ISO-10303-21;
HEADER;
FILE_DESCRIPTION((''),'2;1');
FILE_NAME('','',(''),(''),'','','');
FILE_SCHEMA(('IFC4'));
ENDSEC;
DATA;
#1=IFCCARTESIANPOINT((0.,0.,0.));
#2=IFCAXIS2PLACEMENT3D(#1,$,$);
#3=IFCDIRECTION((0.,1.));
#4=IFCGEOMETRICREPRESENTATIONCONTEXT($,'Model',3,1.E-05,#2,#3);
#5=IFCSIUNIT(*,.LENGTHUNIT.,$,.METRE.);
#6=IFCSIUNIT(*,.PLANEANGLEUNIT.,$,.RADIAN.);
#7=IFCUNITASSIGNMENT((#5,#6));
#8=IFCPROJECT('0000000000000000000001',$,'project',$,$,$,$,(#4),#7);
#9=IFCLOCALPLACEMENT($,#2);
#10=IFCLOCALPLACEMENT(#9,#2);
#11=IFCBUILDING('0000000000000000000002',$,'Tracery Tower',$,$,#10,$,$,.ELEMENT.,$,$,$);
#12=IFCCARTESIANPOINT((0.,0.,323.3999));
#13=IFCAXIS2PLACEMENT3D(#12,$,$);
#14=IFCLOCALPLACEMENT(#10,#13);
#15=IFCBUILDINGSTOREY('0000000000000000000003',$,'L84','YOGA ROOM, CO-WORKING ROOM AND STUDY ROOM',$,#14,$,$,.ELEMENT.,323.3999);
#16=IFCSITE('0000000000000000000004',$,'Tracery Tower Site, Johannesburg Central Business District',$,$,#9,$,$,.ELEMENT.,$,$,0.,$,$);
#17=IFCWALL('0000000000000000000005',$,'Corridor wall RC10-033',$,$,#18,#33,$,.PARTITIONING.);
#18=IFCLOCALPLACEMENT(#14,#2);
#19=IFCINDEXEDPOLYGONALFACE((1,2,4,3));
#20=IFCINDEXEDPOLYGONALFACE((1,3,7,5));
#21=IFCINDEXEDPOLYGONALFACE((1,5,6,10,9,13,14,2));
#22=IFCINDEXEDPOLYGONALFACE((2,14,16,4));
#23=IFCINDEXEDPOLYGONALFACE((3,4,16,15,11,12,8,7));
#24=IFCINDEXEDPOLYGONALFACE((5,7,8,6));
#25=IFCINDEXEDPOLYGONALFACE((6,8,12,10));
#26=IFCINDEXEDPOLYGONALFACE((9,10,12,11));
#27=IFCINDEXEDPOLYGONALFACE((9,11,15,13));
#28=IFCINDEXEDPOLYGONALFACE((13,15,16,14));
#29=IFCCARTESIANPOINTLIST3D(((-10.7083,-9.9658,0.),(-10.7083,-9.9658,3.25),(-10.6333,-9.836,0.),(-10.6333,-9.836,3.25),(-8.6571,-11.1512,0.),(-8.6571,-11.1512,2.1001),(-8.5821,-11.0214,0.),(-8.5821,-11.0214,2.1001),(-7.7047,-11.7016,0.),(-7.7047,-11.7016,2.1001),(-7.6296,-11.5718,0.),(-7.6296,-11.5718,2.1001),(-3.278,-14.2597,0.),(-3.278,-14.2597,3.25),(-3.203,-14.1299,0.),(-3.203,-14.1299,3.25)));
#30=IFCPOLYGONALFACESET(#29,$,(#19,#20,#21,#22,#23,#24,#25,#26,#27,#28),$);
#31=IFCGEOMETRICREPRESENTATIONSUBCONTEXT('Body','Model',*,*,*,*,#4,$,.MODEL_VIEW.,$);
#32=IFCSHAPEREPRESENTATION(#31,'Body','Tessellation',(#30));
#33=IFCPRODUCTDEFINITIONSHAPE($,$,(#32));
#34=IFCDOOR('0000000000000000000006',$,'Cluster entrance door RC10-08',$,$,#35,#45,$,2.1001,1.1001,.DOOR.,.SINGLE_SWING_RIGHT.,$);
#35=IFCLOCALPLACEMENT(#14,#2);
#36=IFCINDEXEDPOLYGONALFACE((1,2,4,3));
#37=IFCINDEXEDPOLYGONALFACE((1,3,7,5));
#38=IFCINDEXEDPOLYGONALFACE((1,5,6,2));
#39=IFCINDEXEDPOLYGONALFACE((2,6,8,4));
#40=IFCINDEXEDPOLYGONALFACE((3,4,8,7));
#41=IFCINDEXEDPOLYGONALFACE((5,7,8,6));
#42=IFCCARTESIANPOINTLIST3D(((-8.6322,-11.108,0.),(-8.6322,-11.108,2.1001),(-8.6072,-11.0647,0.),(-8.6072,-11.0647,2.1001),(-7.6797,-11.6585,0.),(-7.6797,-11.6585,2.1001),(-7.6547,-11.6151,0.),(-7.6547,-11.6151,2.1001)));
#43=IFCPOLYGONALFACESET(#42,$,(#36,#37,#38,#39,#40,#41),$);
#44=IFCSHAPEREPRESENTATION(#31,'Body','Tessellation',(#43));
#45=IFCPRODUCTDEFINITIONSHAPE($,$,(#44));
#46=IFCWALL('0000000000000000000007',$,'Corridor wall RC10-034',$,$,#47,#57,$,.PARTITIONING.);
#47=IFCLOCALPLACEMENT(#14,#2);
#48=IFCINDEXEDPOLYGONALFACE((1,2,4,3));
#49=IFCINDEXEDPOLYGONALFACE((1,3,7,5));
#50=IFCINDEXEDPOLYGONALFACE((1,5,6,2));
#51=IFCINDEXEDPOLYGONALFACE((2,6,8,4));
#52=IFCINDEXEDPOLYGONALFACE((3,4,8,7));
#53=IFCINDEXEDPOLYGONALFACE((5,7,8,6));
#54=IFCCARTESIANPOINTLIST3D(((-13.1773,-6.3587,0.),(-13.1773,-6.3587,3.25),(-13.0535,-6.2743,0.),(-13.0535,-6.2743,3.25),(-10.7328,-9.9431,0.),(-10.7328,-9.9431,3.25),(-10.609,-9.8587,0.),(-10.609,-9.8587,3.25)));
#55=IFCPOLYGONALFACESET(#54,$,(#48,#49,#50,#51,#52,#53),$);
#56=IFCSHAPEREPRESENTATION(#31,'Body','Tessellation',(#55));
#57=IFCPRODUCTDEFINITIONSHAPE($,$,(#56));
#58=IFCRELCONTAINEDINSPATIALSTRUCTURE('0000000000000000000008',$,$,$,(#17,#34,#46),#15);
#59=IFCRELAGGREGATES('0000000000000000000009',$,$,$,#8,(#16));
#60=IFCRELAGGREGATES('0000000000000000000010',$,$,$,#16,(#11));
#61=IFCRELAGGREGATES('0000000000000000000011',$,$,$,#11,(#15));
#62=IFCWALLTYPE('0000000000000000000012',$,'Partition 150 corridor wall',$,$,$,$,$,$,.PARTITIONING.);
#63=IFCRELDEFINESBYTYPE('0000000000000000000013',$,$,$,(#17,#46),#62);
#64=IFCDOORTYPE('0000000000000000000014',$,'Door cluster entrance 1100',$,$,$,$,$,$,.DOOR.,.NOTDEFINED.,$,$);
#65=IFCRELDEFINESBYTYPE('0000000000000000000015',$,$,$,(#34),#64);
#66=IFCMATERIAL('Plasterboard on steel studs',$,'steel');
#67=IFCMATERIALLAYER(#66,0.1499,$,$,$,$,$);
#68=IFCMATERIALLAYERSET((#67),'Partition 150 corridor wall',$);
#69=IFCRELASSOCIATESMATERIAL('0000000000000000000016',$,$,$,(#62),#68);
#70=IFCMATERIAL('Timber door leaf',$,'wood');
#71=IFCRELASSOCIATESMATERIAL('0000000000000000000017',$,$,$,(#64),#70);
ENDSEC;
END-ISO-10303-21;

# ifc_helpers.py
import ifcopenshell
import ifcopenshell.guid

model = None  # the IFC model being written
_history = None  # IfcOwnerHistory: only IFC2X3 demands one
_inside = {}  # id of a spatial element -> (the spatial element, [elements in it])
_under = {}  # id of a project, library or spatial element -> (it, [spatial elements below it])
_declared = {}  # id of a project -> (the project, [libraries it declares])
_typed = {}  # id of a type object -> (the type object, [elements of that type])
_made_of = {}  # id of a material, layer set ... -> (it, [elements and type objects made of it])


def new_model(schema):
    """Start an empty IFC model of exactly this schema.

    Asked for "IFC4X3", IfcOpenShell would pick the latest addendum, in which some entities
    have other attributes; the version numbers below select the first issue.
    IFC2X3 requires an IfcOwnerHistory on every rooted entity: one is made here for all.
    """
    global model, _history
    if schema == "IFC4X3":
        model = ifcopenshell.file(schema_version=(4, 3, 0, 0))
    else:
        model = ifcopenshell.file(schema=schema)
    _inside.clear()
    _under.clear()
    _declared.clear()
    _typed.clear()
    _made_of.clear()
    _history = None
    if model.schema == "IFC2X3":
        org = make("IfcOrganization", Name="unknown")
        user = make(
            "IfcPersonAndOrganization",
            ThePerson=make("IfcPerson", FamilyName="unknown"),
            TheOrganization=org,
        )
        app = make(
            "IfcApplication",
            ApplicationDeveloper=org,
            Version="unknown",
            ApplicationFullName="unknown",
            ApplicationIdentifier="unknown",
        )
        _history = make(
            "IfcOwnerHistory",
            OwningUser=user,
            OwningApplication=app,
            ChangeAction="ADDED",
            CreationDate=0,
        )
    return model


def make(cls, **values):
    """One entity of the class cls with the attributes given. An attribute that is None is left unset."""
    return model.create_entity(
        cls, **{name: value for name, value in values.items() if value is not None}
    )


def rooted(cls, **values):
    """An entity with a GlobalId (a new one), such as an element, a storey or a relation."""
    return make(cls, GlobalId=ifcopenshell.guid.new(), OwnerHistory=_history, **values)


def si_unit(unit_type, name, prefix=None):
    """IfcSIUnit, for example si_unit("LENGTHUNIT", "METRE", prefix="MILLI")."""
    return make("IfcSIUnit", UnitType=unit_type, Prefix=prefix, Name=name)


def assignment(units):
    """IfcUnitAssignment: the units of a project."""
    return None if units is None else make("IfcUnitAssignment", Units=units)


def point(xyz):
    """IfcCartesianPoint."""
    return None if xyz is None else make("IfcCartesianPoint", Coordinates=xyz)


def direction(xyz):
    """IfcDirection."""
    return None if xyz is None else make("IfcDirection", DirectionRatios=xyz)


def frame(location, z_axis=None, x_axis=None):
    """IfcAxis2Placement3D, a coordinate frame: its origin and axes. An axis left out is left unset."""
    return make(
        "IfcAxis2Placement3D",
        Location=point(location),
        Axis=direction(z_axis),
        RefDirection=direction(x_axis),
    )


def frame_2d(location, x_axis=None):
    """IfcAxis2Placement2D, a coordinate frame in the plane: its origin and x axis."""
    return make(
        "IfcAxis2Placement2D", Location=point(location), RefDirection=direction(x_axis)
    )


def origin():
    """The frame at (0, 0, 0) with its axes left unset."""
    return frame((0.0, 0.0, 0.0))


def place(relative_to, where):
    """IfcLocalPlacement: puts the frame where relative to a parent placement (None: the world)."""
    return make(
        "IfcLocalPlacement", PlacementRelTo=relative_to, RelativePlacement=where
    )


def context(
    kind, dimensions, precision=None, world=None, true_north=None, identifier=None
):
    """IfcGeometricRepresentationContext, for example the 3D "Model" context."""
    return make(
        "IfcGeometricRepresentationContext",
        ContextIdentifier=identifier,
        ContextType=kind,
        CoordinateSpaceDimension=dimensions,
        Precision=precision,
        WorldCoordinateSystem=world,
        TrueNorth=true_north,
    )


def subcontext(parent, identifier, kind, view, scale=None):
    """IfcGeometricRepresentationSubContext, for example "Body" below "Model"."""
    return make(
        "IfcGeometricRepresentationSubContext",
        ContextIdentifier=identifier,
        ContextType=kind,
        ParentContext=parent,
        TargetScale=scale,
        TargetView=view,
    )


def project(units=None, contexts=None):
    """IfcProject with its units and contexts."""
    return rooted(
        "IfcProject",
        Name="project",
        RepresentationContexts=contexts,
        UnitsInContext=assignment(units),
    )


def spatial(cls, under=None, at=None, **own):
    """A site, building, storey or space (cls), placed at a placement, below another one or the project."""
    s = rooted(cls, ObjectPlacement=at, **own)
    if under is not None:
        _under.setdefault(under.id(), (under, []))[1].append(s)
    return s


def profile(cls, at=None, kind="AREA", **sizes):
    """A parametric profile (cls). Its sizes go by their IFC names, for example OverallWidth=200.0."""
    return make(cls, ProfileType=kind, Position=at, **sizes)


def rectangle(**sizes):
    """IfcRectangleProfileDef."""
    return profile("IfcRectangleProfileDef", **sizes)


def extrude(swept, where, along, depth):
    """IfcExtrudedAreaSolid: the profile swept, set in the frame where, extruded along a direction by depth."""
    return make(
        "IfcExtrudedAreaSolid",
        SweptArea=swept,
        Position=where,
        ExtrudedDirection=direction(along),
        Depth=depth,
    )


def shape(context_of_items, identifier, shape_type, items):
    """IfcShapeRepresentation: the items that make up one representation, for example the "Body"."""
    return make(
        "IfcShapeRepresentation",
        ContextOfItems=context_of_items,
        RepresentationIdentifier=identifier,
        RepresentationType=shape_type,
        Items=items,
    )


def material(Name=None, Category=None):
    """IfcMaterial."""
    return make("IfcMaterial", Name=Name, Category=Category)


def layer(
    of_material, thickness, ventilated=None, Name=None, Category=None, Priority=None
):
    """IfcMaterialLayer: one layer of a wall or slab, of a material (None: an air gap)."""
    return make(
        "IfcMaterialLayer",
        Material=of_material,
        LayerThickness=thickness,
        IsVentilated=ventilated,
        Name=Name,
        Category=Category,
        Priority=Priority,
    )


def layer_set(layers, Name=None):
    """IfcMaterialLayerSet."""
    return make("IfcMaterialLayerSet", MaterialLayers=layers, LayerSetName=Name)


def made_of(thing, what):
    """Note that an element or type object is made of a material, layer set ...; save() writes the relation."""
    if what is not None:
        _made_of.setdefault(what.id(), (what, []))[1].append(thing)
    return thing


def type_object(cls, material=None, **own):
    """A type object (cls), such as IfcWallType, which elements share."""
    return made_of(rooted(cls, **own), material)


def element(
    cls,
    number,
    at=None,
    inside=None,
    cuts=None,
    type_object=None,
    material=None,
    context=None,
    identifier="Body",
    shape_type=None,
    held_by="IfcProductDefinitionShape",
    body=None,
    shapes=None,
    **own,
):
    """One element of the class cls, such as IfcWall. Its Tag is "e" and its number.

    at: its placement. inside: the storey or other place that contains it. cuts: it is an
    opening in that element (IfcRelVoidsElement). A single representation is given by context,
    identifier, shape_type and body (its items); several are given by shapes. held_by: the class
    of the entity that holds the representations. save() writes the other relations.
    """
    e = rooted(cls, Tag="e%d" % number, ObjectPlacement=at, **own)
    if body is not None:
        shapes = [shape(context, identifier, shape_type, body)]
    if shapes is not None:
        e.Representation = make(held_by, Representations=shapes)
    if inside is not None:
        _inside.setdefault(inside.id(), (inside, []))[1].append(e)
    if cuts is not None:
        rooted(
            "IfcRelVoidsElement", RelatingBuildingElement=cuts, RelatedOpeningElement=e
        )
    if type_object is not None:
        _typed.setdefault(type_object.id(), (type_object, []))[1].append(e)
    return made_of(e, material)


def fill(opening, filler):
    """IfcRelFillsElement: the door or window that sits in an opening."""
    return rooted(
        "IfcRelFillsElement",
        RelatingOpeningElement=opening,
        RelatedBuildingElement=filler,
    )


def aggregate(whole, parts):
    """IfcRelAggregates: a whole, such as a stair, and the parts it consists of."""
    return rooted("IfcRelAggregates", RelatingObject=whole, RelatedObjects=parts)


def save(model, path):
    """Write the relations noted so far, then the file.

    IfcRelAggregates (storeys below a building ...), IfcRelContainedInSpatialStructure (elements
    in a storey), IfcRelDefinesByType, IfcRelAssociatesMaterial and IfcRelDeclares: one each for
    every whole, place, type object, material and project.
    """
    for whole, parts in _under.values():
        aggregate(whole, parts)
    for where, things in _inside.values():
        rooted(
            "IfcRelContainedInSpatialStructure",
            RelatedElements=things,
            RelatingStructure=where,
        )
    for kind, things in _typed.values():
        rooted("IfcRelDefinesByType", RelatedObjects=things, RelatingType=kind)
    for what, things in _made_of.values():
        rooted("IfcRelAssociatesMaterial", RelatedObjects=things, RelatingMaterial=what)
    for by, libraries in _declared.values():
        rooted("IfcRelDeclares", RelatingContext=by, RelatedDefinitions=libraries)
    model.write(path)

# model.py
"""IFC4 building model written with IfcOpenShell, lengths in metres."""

from ifc_helpers import new_model, si_unit, direction, frame, frame_2d, origin, place, context, subcontext, project, spatial, rectangle, extrude, material, layer, layer_set, type_object, element, fill, save


model = new_model("IFC4")

# Units and contexts
model_context = context("Model", 3, precision=1e-05, world=origin(), true_north=direction((0.0, 1.0)))
body_context = subcontext(model_context, "Body", "Model", "MODEL_VIEW")
ifc_project = project(units=[si_unit("LENGTHUNIT", "METRE"), si_unit("PLANEANGLEUNIT", "RADIAN")], contexts=[model_context])

# Site, building, storey
site_placement = place(None, origin())
site = spatial("IfcSite", under=ifc_project, at=site_placement, Name="Tracery Tower Site, Johannesburg Central Business District", CompositionType="ELEMENT", RefElevation=0.0)
building_placement = place(site_placement, origin())
building = spatial("IfcBuilding", under=site, at=building_placement, Name="Tracery Tower", CompositionType="ELEMENT")
storey_placement = place(building_placement, frame((0.0, 0.0, 323.3999)))
storey = spatial("IfcBuildingStorey", under=building, at=storey_placement, Name="L84", Description="YOGA ROOM, CO-WORKING ROOM AND STUDY ROOM", CompositionType="ELEMENT", Elevation=323.3999)

# Wall, opening, door
ifc_material_1 = material(Name="Plasterboard on steel studs", Category="steel")
ifc_layer_1 = layer(ifc_material_1, 0.1499)
ifc_layer_set_1 = layer_set([ifc_layer_1], Name="Partition 150 corridor wall")
wall_type_1 = type_object("IfcWallType", Name="Partition 150 corridor wall", PredefinedType="PARTITIONING", material=ifc_layer_set_1)
wall_1_placement = place(storey_placement, frame((-10.6709, -9.9009, 0.0), z_axis=(0.0, 0.0, 1.0), x_axis=(0.865824, -0.500349, 0.0)))
wall_1 = element("IfcWall", 1, at=wall_1_placement, inside=storey, type_object=wall_type_1, Name="Corridor wall RC10-033", PredefinedType="PARTITIONING", context=body_context, shape_type="SweptSolid", body=[
    extrude(rectangle(XDim=8.5818, YDim=0.1499, at=frame_2d((4.291, 0.0))), origin(), (0.0, 0.0, 1.0), 3.25),
])
opening_1_placement = place(wall_1_placement, frame((2.3691, 0.0, 0.0)))
opening_1 = element("IfcOpeningElement", 2, at=opening_1_placement, cuts=wall_1, PredefinedType="OPENING", context=body_context, shape_type="SweptSolid", body=[
    extrude(rectangle(XDim=1.1001, YDim=2.1001, at=frame_2d((0.55, 1.05))), frame((0.0, 0.075, 0.0), z_axis=(0.0, -1.0, 0.0), x_axis=(1.0, 0.0, 0.0)), (0.0, 0.0, 1.0), 0.1499),
])
ifc_material_2 = material(Name="Timber door leaf", Category="wood")
door_type_1 = type_object("IfcDoorType", Name="Door cluster entrance 1100", OperationType="NOTDEFINED", PredefinedType="DOOR", material=ifc_material_2)
door_1_placement = place(opening_1_placement, origin())
door_1 = element("IfcDoor", 3, at=door_1_placement, inside=storey, type_object=door_type_1, Name="Cluster entrance door RC10-08", OperationType="SINGLE_SWING_RIGHT", OverallHeight=2.1001, OverallWidth=1.1001, PredefinedType="DOOR", context=body_context, shape_type="SweptSolid", body=[
    extrude(rectangle(XDim=1.1001, YDim=2.1001, at=frame_2d((0.55, 1.05))), frame((0.0, 0.0249, 0.0), z_axis=(0.0, -1.0, 0.0), x_axis=(1.0, 0.0, 0.0)), (0.0, 0.0, 1.0), 0.05),
])
fill(opening_1, door_1)

# Wall
wall_2_placement = place(storey_placement, frame((-13.1155, -6.3164, 0.0), z_axis=(0.0, 0.0, 1.0), x_axis=(0.563435, -0.826161, 0.0)))
element("IfcWall", 4, at=wall_2_placement, inside=storey, type_object=wall_type_1, Name="Corridor wall RC10-034", PredefinedType="PARTITIONING", context=body_context, shape_type="SweptSolid", body=[
    extrude(rectangle(XDim=4.3386, YDim=0.1499, at=frame_2d((2.1694, 0.0))), origin(), (0.0, 0.0, 1.0), 3.25),
])

save(model, "model.ifc")
